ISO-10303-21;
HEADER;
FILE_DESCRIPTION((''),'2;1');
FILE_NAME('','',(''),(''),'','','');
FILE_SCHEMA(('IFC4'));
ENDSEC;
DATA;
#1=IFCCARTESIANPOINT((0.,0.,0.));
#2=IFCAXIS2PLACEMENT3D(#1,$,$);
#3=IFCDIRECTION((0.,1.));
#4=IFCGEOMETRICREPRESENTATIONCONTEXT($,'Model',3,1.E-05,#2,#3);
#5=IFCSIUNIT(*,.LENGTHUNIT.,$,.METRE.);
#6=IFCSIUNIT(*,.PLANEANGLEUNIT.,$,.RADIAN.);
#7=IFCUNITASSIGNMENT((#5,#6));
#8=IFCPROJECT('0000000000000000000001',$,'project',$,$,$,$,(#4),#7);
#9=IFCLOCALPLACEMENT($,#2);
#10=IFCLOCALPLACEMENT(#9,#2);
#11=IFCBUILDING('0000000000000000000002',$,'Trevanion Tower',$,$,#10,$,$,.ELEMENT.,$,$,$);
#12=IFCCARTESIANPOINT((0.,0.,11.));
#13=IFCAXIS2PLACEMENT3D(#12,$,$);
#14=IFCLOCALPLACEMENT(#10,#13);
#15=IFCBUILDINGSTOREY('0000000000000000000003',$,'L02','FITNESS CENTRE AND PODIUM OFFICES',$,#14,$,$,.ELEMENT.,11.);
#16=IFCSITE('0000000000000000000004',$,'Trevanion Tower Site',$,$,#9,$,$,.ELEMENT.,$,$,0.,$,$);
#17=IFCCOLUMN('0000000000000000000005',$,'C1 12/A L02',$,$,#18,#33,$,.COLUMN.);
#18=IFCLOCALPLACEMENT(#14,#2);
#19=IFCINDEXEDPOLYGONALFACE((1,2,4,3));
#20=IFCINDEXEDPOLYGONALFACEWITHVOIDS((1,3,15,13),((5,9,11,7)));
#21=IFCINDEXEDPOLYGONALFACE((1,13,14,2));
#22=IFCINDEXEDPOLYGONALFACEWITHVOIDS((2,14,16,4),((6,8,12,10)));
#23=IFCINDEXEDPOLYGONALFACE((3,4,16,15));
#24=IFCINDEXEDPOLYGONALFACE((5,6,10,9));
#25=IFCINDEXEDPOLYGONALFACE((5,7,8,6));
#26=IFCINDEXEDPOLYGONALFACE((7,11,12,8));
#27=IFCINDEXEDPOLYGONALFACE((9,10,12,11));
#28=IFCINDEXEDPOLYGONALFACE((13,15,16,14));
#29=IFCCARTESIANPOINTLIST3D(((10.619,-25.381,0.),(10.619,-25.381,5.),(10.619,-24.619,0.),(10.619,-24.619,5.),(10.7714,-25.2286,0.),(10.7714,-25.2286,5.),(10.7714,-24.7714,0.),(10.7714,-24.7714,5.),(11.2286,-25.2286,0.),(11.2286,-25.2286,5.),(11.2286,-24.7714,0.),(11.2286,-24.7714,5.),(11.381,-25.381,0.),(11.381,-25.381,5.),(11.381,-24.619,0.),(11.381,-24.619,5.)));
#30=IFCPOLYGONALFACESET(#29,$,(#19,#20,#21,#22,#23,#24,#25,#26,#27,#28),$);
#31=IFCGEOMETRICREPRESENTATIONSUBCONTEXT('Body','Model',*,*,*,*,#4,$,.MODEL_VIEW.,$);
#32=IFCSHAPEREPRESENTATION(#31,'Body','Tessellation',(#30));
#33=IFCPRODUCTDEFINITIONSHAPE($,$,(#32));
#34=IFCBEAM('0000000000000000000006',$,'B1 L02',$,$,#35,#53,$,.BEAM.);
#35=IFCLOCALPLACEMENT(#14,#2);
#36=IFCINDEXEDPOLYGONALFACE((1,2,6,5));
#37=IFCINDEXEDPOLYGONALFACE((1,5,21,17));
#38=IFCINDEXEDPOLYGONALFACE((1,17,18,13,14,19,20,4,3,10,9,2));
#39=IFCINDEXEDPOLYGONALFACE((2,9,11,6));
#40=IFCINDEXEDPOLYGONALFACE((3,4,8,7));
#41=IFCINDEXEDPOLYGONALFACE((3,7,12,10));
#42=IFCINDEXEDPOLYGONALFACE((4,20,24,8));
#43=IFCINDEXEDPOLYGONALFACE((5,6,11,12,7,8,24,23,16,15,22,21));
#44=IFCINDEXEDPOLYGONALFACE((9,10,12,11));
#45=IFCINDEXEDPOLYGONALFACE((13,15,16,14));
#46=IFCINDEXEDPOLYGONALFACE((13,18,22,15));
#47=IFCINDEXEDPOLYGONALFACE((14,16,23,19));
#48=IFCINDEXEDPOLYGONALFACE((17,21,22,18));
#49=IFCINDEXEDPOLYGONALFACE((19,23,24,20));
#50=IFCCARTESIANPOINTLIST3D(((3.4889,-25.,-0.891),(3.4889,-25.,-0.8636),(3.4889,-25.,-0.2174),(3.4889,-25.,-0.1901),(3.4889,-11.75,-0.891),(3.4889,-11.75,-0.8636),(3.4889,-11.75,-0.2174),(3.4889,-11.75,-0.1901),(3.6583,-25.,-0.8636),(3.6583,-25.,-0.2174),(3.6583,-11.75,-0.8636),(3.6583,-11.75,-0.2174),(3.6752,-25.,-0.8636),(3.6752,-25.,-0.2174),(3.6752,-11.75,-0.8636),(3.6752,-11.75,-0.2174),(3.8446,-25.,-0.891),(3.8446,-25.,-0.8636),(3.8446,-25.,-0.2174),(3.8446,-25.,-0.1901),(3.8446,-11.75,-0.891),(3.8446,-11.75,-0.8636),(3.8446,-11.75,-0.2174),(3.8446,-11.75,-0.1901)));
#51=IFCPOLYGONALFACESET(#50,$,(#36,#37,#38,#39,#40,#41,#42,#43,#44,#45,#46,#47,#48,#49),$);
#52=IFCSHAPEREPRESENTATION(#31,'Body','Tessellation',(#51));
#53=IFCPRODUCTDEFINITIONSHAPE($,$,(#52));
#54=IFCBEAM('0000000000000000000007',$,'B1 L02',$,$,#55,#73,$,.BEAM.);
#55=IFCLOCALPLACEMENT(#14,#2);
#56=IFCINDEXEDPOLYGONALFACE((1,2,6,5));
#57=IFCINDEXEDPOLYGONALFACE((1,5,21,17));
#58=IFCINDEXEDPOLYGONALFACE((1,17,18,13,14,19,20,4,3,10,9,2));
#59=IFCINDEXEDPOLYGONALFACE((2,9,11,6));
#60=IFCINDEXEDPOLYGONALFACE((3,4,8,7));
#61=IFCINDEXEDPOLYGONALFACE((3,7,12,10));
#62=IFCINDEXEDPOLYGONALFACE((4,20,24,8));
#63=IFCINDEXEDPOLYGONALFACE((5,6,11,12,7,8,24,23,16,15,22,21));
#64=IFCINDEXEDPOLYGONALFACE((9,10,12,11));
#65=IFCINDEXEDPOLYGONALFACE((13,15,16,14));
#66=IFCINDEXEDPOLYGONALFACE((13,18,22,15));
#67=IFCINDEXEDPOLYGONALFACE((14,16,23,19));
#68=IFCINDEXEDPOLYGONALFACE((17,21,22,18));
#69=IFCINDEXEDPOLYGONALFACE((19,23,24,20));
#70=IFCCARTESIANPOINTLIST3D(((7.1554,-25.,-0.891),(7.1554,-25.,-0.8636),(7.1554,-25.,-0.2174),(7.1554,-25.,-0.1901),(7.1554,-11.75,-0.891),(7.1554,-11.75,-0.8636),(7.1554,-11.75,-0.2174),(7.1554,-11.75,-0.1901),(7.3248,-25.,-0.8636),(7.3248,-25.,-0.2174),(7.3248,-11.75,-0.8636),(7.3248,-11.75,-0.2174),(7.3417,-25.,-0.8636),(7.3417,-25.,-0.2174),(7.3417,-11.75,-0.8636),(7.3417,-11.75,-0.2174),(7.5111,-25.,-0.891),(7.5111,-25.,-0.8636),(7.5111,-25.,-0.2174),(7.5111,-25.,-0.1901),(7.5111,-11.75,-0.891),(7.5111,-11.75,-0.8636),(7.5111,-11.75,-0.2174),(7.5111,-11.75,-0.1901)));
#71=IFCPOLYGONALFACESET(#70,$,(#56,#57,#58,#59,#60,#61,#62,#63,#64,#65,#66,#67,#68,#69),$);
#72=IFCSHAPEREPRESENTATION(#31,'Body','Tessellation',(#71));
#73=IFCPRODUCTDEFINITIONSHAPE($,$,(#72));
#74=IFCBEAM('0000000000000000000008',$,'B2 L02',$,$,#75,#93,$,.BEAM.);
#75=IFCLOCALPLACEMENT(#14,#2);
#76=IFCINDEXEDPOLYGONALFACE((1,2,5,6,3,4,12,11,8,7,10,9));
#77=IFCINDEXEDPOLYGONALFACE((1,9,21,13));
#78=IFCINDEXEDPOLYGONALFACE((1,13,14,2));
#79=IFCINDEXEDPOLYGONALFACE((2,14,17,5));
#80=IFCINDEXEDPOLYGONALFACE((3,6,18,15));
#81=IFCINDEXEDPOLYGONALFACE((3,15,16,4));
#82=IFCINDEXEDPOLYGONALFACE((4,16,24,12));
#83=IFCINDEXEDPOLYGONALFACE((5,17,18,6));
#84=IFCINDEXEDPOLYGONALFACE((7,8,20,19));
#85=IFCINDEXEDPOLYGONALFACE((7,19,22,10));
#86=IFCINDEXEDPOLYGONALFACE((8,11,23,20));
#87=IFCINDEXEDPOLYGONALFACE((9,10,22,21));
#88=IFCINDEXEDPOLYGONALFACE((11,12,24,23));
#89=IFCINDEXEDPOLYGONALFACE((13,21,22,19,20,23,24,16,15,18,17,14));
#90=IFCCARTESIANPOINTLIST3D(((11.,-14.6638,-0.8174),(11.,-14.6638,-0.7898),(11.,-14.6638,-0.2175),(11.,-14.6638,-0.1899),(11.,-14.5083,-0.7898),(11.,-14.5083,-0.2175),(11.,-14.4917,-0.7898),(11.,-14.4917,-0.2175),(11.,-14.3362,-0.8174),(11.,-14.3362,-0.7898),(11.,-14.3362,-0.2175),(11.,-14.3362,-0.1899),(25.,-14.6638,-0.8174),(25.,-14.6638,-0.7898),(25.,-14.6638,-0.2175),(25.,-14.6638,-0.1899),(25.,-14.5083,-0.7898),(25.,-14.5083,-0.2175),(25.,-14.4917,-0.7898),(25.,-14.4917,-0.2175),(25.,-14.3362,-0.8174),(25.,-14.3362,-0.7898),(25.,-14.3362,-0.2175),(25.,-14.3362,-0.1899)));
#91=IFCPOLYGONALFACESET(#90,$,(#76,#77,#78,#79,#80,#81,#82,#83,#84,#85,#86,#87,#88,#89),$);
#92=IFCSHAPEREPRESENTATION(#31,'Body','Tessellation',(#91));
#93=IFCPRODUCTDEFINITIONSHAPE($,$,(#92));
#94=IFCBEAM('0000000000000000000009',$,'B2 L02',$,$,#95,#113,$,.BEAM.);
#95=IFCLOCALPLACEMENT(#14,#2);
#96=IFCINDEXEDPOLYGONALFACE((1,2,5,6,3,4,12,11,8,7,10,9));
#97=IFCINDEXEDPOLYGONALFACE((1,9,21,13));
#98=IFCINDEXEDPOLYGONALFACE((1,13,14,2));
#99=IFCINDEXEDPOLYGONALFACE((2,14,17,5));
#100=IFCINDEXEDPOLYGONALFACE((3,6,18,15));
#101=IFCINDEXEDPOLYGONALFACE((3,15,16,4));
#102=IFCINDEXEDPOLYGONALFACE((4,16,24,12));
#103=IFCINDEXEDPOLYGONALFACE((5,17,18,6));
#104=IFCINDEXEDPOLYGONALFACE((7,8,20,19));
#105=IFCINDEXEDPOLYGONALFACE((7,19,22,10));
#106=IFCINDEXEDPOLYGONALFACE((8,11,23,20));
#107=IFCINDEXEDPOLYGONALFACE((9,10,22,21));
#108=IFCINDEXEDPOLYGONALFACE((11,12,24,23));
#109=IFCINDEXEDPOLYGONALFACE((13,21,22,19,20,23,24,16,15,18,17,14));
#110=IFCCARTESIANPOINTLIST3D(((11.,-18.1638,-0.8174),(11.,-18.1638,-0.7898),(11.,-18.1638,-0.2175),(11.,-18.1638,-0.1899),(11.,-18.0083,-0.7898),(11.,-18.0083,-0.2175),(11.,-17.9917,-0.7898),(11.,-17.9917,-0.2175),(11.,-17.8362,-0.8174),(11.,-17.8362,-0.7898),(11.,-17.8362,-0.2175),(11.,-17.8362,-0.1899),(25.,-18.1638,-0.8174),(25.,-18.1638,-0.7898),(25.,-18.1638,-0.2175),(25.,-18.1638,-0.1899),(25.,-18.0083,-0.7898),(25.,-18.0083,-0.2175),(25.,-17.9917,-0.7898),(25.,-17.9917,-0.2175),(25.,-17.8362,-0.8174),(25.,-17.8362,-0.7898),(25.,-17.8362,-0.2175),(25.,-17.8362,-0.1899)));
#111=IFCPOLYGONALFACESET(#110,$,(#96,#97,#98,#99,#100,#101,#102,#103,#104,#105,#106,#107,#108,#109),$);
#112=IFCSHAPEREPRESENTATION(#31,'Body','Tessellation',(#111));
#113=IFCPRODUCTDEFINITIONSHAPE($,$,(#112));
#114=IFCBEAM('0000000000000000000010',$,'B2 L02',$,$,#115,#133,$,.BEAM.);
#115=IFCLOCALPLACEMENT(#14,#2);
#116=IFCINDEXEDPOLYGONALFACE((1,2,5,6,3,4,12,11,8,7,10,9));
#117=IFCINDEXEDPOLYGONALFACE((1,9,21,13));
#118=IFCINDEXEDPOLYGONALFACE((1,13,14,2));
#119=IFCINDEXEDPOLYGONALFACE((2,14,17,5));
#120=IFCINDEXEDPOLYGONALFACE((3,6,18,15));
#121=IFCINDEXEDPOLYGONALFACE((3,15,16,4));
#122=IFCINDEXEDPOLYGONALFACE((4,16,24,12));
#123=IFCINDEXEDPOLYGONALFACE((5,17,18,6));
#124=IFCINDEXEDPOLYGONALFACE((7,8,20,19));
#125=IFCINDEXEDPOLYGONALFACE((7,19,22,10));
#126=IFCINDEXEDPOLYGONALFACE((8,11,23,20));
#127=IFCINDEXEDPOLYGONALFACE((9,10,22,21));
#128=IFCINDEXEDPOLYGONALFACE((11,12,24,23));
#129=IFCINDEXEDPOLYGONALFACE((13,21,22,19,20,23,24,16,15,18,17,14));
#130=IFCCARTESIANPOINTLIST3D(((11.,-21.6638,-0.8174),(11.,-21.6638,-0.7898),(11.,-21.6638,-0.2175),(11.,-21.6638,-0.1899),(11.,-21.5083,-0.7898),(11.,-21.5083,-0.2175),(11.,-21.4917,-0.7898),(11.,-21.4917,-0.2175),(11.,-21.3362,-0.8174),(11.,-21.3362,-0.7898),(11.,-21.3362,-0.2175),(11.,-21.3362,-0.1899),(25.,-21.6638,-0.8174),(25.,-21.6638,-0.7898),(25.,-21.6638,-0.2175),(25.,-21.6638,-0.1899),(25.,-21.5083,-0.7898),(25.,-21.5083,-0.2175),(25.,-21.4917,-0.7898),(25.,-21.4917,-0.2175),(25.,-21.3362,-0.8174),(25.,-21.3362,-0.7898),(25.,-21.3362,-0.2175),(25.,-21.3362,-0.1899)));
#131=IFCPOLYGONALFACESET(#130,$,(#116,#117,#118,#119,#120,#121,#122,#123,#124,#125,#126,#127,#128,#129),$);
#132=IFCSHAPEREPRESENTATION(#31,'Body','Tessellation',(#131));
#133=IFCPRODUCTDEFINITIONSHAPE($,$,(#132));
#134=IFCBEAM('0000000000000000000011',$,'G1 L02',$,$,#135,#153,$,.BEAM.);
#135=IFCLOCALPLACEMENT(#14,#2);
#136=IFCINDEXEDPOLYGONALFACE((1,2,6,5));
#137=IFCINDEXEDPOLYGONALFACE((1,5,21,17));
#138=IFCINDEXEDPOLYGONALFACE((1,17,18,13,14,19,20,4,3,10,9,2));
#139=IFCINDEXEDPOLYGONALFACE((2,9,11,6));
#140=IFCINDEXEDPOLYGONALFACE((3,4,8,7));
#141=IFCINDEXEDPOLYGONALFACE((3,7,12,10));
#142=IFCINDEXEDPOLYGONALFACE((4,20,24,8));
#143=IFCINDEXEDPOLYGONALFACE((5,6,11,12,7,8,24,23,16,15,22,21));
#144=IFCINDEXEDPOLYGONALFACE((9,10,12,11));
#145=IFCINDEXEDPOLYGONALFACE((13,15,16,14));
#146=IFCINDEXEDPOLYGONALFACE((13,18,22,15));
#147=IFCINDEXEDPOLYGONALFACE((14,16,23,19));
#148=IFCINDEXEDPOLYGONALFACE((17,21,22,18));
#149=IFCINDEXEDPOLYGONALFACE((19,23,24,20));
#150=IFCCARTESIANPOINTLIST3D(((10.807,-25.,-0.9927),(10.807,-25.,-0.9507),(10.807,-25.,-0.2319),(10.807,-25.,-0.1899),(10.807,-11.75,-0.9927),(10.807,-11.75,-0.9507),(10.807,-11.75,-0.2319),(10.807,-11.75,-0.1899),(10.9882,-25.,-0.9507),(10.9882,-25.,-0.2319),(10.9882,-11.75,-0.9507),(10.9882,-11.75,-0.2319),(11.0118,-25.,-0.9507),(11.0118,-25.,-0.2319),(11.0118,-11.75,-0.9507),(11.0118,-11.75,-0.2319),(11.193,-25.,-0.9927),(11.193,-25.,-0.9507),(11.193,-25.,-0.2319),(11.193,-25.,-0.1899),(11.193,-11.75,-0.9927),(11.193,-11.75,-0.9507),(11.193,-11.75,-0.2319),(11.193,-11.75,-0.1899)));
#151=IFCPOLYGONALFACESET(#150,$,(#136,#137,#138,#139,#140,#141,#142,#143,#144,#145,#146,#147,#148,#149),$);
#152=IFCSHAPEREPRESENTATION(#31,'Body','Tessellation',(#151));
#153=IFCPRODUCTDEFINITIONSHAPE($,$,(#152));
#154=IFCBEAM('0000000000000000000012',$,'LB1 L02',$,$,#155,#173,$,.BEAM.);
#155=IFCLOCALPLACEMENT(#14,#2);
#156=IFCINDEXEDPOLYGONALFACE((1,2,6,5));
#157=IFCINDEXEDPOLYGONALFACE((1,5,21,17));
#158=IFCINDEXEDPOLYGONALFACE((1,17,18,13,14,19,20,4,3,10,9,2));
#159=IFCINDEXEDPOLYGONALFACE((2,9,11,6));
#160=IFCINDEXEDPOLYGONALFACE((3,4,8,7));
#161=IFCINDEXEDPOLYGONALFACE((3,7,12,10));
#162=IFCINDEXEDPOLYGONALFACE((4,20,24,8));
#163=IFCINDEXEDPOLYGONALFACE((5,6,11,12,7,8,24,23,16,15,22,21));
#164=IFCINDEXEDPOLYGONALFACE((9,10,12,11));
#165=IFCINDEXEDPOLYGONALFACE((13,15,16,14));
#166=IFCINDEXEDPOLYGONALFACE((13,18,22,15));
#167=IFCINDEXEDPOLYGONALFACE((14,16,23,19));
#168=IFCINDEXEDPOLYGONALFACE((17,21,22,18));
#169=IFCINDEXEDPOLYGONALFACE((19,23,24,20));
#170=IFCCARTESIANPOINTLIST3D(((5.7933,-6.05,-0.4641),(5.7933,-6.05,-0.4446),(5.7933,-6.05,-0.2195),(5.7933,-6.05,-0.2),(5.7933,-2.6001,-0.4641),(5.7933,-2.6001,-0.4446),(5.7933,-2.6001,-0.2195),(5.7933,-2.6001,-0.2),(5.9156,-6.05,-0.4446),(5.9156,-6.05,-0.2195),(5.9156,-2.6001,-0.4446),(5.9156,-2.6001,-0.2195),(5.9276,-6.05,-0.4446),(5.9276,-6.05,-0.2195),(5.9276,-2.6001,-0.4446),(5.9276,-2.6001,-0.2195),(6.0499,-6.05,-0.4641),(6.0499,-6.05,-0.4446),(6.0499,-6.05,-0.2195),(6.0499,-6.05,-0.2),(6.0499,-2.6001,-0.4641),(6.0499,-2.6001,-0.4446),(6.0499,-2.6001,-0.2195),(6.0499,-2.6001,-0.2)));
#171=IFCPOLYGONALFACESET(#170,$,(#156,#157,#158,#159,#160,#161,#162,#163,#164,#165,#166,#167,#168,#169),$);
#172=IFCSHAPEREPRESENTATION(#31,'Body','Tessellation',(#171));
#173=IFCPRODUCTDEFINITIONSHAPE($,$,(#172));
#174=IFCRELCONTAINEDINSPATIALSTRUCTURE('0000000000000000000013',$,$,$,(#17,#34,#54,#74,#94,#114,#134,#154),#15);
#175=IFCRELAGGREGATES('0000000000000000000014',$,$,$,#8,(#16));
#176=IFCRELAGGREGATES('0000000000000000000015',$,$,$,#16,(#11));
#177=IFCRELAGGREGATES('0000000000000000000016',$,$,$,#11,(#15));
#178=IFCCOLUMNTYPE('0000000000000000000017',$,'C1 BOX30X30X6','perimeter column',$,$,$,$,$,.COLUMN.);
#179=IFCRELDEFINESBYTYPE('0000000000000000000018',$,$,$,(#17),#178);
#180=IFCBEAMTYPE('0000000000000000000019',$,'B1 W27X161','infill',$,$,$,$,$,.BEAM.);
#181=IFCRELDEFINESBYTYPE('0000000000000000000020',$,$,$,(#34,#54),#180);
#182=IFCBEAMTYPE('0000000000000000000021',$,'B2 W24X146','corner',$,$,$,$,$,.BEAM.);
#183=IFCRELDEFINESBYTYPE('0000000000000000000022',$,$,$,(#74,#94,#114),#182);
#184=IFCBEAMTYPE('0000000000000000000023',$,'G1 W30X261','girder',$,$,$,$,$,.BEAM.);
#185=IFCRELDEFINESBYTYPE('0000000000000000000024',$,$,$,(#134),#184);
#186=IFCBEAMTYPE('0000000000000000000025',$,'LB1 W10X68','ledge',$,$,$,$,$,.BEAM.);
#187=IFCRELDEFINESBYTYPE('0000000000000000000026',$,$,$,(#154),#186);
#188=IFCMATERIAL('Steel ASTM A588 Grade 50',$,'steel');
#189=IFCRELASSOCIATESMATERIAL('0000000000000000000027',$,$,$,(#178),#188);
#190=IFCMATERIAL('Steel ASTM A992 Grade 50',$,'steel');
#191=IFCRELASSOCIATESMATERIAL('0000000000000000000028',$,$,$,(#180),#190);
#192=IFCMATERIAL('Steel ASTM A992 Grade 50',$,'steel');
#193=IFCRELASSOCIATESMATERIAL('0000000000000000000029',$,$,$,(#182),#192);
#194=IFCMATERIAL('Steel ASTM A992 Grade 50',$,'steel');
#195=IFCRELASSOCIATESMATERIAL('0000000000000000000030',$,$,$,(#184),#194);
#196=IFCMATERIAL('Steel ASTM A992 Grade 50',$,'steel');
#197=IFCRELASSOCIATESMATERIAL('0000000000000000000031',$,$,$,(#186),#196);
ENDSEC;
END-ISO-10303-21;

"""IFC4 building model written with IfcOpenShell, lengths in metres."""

from ifc_helpers import new_model, si_unit, direction, frame, origin, origin_2d, place, context, subcontext, project, spatial, hollow_rectangle, i_section, extrude, material, material_profile, profile_set, type_object, element, save


model = new_model("IFC4")

# Units and contexts
model_context = context("Model", 3, precision=1e-05, world=origin(), true_north=direction((0.0, 1.0)))
body_context = subcontext(model_context, "Body", "Model", "MODEL_VIEW")
ifc_project = project(units=[si_unit("LENGTHUNIT", "METRE"), si_unit("PLANEANGLEUNIT", "RADIAN")], contexts=[model_context])

# Site, building, storey
site_placement = place(None, origin())
site = spatial("IfcSite", under=ifc_project, at=site_placement, Name="Trevanion Tower Site", CompositionType="ELEMENT", RefElevation=0.0)
building_placement = place(site_placement, origin())
building = spatial("IfcBuilding", under=site, at=building_placement, Name="Trevanion Tower", CompositionType="ELEMENT")
storey_placement = place(building_placement, frame((0.0, 0.0, 11.0)))
storey = spatial("IfcBuildingStorey", under=building, at=storey_placement, Name="L02", Description="FITNESS CENTRE AND PODIUM OFFICES", CompositionType="ELEMENT", Elevation=11.0)

# Column
ifc_material_1 = material(Name="Steel ASTM A588 Grade 50", Category="steel")
ifc_material_profile_1 = material_profile(ifc_material_1, hollow_rectangle(XDim=0.762, YDim=0.762, WallThickness=0.1523, at=origin_2d()), Name="BOX30X30X6")
ifc_profile_set_1 = profile_set([ifc_material_profile_1], Name="Steel ASTM A588 Grade 50")
column_type = type_object("IfcColumnType", Name="C1 BOX30X30X6", Description="perimeter column", PredefinedType="COLUMN", material=ifc_profile_set_1)
column_placement = place(storey_placement, frame((11.0, -25.0, 0.0), z_axis=(0.0, 0.0, 1.0), x_axis=(1.0, 0.0, 0.0)))
element("IfcColumn", 1, at=column_placement, inside=storey, type_object=column_type, Name="C1 12/A L02", PredefinedType="COLUMN", context=body_context, shape_type="SweptSolid", body=[
    extrude(hollow_rectangle(XDim=0.762, YDim=0.762, WallThickness=0.1523, at=origin_2d()), origin(), (0.0, 0.0, 1.0), 5.0),
])

# Beams
ifc_material_2 = material(Name="Steel ASTM A992 Grade 50", Category="steel")
ifc_material_profile_2 = material_profile(ifc_material_2, i_section(OverallWidth=0.3557, OverallDepth=0.7009, WebThickness=0.0168, FlangeThickness=0.0273, at=origin_2d()), Name="W27X161")
ifc_profile_set_2 = profile_set([ifc_material_profile_2], Name="Steel ASTM A992 Grade 50")
beam_type_1 = type_object("IfcBeamType", Name="B1 W27X161", Description="infill", PredefinedType="BEAM", material=ifc_profile_set_2)
for number, where, z_axis, x_axis, name in (
    (2, (3.6667, -11.75, -0.5405), (0.0, -1.0, 0.0), (1.0, 0.0, 0.0), "B1 L02"),
    (3, (7.3333, -11.75, -0.5405), (0.0, -1.0, 0.0), (1.0, 0.0, 0.0), "B1 L02"),
):
    element("IfcBeam", number, at=place(storey_placement, frame(where, z_axis=z_axis, x_axis=x_axis)), inside=storey, type_object=beam_type_1, Name=name, PredefinedType="BEAM", context=body_context, shape_type="SweptSolid", body=[
        extrude(i_section(OverallWidth=0.3557, OverallDepth=0.7009, WebThickness=0.0168, FlangeThickness=0.0273, at=origin_2d()), origin(), (0.0, 0.0, 1.0), 13.25),
    ])
ifc_material_3 = material(Name="Steel ASTM A992 Grade 50", Category="steel")
ifc_material_profile_3 = material_profile(ifc_material_3, i_section(OverallWidth=0.3276, OverallDepth=0.6274, WebThickness=0.0166, FlangeThickness=0.0276, at=origin_2d()), Name="W24X146")
ifc_profile_set_3 = profile_set([ifc_material_profile_3], Name="Steel ASTM A992 Grade 50")
beam_type_2 = type_object("IfcBeamType", Name="B2 W24X146", Description="corner", PredefinedType="BEAM", material=ifc_profile_set_3)
for number, where, z_axis, x_axis, name in (
    (4, (11.0, -14.5, -0.5037), (1.0, 0.0, 0.0), (0.0, 1.0, 0.0), "B2 L02"),
    (5, (11.0, -18.0, -0.5037), (1.0, 0.0, 0.0), (0.0, 1.0, 0.0), "B2 L02"),
    (6, (11.0, -21.5, -0.5037), (1.0, 0.0, 0.0), (0.0, 1.0, 0.0), "B2 L02"),
):
    element("IfcBeam", number, at=place(storey_placement, frame(where, z_axis=z_axis, x_axis=x_axis)), inside=storey, type_object=beam_type_2, Name=name, PredefinedType="BEAM", context=body_context, shape_type="SweptSolid", body=[
        extrude(i_section(OverallWidth=0.3276, OverallDepth=0.6274, WebThickness=0.0166, FlangeThickness=0.0276, at=origin_2d()), origin(), (0.0, 0.0, 1.0), 14.0),
    ])
ifc_material_4 = material(Name="Steel ASTM A992 Grade 50", Category="steel")
ifc_material_profile_4 = material_profile(ifc_material_4, i_section(OverallWidth=0.386, OverallDepth=0.8027, WebThickness=0.0237, FlangeThickness=0.042, at=origin_2d()), Name="W30X261")
ifc_profile_set_4 = profile_set([ifc_material_profile_4], Name="Steel ASTM A992 Grade 50")
beam_type_3 = type_object("IfcBeamType", Name="G1 W30X261", Description="girder", PredefinedType="BEAM", material=ifc_profile_set_4)
beam_1_placement = place(storey_placement, frame((11.0, -11.75, -0.5913), z_axis=(0.0, -1.0, 0.0), x_axis=(1.0, 0.0, 0.0)))
element("IfcBeam", 7, at=beam_1_placement, inside=storey, type_object=beam_type_3, Name="G1 L02", PredefinedType="BEAM", context=body_context, shape_type="SweptSolid", body=[
    extrude(i_section(OverallWidth=0.386, OverallDepth=0.8027, WebThickness=0.0237, FlangeThickness=0.042, at=origin_2d()), origin(), (0.0, 0.0, 1.0), 13.25),
])
ifc_material_5 = material(Name="Steel ASTM A992 Grade 50", Category="steel")
ifc_material_profile_5 = material_profile(ifc_material_5, i_section(OverallWidth=0.2566, OverallDepth=0.2642, WebThickness=0.012, FlangeThickness=0.0195, at=origin_2d()), Name="W10X68")
ifc_profile_set_5 = profile_set([ifc_material_profile_5], Name="Steel ASTM A992 Grade 50")
beam_type_4 = type_object("IfcBeamType", Name="LB1 W10X68", Description="ledge", PredefinedType="BEAM", material=ifc_profile_set_5)
beam_2_placement = place(storey_placement, frame((5.9216, -6.05, -0.332), z_axis=(0.0, 1.0, 0.0), x_axis=(-1.0, 0.0, 0.0)))
element("IfcBeam", 8, at=beam_2_placement, inside=storey, type_object=beam_type_4, Name="LB1 L02", PredefinedType="BEAM", context=body_context, shape_type="SweptSolid", body=[
    extrude(i_section(OverallWidth=0.2566, OverallDepth=0.2642, WebThickness=0.012, FlangeThickness=0.0195, at=origin_2d()), origin(), (0.0, 0.0, 1.0), 3.45),
])

save(model, "model.ifc")
